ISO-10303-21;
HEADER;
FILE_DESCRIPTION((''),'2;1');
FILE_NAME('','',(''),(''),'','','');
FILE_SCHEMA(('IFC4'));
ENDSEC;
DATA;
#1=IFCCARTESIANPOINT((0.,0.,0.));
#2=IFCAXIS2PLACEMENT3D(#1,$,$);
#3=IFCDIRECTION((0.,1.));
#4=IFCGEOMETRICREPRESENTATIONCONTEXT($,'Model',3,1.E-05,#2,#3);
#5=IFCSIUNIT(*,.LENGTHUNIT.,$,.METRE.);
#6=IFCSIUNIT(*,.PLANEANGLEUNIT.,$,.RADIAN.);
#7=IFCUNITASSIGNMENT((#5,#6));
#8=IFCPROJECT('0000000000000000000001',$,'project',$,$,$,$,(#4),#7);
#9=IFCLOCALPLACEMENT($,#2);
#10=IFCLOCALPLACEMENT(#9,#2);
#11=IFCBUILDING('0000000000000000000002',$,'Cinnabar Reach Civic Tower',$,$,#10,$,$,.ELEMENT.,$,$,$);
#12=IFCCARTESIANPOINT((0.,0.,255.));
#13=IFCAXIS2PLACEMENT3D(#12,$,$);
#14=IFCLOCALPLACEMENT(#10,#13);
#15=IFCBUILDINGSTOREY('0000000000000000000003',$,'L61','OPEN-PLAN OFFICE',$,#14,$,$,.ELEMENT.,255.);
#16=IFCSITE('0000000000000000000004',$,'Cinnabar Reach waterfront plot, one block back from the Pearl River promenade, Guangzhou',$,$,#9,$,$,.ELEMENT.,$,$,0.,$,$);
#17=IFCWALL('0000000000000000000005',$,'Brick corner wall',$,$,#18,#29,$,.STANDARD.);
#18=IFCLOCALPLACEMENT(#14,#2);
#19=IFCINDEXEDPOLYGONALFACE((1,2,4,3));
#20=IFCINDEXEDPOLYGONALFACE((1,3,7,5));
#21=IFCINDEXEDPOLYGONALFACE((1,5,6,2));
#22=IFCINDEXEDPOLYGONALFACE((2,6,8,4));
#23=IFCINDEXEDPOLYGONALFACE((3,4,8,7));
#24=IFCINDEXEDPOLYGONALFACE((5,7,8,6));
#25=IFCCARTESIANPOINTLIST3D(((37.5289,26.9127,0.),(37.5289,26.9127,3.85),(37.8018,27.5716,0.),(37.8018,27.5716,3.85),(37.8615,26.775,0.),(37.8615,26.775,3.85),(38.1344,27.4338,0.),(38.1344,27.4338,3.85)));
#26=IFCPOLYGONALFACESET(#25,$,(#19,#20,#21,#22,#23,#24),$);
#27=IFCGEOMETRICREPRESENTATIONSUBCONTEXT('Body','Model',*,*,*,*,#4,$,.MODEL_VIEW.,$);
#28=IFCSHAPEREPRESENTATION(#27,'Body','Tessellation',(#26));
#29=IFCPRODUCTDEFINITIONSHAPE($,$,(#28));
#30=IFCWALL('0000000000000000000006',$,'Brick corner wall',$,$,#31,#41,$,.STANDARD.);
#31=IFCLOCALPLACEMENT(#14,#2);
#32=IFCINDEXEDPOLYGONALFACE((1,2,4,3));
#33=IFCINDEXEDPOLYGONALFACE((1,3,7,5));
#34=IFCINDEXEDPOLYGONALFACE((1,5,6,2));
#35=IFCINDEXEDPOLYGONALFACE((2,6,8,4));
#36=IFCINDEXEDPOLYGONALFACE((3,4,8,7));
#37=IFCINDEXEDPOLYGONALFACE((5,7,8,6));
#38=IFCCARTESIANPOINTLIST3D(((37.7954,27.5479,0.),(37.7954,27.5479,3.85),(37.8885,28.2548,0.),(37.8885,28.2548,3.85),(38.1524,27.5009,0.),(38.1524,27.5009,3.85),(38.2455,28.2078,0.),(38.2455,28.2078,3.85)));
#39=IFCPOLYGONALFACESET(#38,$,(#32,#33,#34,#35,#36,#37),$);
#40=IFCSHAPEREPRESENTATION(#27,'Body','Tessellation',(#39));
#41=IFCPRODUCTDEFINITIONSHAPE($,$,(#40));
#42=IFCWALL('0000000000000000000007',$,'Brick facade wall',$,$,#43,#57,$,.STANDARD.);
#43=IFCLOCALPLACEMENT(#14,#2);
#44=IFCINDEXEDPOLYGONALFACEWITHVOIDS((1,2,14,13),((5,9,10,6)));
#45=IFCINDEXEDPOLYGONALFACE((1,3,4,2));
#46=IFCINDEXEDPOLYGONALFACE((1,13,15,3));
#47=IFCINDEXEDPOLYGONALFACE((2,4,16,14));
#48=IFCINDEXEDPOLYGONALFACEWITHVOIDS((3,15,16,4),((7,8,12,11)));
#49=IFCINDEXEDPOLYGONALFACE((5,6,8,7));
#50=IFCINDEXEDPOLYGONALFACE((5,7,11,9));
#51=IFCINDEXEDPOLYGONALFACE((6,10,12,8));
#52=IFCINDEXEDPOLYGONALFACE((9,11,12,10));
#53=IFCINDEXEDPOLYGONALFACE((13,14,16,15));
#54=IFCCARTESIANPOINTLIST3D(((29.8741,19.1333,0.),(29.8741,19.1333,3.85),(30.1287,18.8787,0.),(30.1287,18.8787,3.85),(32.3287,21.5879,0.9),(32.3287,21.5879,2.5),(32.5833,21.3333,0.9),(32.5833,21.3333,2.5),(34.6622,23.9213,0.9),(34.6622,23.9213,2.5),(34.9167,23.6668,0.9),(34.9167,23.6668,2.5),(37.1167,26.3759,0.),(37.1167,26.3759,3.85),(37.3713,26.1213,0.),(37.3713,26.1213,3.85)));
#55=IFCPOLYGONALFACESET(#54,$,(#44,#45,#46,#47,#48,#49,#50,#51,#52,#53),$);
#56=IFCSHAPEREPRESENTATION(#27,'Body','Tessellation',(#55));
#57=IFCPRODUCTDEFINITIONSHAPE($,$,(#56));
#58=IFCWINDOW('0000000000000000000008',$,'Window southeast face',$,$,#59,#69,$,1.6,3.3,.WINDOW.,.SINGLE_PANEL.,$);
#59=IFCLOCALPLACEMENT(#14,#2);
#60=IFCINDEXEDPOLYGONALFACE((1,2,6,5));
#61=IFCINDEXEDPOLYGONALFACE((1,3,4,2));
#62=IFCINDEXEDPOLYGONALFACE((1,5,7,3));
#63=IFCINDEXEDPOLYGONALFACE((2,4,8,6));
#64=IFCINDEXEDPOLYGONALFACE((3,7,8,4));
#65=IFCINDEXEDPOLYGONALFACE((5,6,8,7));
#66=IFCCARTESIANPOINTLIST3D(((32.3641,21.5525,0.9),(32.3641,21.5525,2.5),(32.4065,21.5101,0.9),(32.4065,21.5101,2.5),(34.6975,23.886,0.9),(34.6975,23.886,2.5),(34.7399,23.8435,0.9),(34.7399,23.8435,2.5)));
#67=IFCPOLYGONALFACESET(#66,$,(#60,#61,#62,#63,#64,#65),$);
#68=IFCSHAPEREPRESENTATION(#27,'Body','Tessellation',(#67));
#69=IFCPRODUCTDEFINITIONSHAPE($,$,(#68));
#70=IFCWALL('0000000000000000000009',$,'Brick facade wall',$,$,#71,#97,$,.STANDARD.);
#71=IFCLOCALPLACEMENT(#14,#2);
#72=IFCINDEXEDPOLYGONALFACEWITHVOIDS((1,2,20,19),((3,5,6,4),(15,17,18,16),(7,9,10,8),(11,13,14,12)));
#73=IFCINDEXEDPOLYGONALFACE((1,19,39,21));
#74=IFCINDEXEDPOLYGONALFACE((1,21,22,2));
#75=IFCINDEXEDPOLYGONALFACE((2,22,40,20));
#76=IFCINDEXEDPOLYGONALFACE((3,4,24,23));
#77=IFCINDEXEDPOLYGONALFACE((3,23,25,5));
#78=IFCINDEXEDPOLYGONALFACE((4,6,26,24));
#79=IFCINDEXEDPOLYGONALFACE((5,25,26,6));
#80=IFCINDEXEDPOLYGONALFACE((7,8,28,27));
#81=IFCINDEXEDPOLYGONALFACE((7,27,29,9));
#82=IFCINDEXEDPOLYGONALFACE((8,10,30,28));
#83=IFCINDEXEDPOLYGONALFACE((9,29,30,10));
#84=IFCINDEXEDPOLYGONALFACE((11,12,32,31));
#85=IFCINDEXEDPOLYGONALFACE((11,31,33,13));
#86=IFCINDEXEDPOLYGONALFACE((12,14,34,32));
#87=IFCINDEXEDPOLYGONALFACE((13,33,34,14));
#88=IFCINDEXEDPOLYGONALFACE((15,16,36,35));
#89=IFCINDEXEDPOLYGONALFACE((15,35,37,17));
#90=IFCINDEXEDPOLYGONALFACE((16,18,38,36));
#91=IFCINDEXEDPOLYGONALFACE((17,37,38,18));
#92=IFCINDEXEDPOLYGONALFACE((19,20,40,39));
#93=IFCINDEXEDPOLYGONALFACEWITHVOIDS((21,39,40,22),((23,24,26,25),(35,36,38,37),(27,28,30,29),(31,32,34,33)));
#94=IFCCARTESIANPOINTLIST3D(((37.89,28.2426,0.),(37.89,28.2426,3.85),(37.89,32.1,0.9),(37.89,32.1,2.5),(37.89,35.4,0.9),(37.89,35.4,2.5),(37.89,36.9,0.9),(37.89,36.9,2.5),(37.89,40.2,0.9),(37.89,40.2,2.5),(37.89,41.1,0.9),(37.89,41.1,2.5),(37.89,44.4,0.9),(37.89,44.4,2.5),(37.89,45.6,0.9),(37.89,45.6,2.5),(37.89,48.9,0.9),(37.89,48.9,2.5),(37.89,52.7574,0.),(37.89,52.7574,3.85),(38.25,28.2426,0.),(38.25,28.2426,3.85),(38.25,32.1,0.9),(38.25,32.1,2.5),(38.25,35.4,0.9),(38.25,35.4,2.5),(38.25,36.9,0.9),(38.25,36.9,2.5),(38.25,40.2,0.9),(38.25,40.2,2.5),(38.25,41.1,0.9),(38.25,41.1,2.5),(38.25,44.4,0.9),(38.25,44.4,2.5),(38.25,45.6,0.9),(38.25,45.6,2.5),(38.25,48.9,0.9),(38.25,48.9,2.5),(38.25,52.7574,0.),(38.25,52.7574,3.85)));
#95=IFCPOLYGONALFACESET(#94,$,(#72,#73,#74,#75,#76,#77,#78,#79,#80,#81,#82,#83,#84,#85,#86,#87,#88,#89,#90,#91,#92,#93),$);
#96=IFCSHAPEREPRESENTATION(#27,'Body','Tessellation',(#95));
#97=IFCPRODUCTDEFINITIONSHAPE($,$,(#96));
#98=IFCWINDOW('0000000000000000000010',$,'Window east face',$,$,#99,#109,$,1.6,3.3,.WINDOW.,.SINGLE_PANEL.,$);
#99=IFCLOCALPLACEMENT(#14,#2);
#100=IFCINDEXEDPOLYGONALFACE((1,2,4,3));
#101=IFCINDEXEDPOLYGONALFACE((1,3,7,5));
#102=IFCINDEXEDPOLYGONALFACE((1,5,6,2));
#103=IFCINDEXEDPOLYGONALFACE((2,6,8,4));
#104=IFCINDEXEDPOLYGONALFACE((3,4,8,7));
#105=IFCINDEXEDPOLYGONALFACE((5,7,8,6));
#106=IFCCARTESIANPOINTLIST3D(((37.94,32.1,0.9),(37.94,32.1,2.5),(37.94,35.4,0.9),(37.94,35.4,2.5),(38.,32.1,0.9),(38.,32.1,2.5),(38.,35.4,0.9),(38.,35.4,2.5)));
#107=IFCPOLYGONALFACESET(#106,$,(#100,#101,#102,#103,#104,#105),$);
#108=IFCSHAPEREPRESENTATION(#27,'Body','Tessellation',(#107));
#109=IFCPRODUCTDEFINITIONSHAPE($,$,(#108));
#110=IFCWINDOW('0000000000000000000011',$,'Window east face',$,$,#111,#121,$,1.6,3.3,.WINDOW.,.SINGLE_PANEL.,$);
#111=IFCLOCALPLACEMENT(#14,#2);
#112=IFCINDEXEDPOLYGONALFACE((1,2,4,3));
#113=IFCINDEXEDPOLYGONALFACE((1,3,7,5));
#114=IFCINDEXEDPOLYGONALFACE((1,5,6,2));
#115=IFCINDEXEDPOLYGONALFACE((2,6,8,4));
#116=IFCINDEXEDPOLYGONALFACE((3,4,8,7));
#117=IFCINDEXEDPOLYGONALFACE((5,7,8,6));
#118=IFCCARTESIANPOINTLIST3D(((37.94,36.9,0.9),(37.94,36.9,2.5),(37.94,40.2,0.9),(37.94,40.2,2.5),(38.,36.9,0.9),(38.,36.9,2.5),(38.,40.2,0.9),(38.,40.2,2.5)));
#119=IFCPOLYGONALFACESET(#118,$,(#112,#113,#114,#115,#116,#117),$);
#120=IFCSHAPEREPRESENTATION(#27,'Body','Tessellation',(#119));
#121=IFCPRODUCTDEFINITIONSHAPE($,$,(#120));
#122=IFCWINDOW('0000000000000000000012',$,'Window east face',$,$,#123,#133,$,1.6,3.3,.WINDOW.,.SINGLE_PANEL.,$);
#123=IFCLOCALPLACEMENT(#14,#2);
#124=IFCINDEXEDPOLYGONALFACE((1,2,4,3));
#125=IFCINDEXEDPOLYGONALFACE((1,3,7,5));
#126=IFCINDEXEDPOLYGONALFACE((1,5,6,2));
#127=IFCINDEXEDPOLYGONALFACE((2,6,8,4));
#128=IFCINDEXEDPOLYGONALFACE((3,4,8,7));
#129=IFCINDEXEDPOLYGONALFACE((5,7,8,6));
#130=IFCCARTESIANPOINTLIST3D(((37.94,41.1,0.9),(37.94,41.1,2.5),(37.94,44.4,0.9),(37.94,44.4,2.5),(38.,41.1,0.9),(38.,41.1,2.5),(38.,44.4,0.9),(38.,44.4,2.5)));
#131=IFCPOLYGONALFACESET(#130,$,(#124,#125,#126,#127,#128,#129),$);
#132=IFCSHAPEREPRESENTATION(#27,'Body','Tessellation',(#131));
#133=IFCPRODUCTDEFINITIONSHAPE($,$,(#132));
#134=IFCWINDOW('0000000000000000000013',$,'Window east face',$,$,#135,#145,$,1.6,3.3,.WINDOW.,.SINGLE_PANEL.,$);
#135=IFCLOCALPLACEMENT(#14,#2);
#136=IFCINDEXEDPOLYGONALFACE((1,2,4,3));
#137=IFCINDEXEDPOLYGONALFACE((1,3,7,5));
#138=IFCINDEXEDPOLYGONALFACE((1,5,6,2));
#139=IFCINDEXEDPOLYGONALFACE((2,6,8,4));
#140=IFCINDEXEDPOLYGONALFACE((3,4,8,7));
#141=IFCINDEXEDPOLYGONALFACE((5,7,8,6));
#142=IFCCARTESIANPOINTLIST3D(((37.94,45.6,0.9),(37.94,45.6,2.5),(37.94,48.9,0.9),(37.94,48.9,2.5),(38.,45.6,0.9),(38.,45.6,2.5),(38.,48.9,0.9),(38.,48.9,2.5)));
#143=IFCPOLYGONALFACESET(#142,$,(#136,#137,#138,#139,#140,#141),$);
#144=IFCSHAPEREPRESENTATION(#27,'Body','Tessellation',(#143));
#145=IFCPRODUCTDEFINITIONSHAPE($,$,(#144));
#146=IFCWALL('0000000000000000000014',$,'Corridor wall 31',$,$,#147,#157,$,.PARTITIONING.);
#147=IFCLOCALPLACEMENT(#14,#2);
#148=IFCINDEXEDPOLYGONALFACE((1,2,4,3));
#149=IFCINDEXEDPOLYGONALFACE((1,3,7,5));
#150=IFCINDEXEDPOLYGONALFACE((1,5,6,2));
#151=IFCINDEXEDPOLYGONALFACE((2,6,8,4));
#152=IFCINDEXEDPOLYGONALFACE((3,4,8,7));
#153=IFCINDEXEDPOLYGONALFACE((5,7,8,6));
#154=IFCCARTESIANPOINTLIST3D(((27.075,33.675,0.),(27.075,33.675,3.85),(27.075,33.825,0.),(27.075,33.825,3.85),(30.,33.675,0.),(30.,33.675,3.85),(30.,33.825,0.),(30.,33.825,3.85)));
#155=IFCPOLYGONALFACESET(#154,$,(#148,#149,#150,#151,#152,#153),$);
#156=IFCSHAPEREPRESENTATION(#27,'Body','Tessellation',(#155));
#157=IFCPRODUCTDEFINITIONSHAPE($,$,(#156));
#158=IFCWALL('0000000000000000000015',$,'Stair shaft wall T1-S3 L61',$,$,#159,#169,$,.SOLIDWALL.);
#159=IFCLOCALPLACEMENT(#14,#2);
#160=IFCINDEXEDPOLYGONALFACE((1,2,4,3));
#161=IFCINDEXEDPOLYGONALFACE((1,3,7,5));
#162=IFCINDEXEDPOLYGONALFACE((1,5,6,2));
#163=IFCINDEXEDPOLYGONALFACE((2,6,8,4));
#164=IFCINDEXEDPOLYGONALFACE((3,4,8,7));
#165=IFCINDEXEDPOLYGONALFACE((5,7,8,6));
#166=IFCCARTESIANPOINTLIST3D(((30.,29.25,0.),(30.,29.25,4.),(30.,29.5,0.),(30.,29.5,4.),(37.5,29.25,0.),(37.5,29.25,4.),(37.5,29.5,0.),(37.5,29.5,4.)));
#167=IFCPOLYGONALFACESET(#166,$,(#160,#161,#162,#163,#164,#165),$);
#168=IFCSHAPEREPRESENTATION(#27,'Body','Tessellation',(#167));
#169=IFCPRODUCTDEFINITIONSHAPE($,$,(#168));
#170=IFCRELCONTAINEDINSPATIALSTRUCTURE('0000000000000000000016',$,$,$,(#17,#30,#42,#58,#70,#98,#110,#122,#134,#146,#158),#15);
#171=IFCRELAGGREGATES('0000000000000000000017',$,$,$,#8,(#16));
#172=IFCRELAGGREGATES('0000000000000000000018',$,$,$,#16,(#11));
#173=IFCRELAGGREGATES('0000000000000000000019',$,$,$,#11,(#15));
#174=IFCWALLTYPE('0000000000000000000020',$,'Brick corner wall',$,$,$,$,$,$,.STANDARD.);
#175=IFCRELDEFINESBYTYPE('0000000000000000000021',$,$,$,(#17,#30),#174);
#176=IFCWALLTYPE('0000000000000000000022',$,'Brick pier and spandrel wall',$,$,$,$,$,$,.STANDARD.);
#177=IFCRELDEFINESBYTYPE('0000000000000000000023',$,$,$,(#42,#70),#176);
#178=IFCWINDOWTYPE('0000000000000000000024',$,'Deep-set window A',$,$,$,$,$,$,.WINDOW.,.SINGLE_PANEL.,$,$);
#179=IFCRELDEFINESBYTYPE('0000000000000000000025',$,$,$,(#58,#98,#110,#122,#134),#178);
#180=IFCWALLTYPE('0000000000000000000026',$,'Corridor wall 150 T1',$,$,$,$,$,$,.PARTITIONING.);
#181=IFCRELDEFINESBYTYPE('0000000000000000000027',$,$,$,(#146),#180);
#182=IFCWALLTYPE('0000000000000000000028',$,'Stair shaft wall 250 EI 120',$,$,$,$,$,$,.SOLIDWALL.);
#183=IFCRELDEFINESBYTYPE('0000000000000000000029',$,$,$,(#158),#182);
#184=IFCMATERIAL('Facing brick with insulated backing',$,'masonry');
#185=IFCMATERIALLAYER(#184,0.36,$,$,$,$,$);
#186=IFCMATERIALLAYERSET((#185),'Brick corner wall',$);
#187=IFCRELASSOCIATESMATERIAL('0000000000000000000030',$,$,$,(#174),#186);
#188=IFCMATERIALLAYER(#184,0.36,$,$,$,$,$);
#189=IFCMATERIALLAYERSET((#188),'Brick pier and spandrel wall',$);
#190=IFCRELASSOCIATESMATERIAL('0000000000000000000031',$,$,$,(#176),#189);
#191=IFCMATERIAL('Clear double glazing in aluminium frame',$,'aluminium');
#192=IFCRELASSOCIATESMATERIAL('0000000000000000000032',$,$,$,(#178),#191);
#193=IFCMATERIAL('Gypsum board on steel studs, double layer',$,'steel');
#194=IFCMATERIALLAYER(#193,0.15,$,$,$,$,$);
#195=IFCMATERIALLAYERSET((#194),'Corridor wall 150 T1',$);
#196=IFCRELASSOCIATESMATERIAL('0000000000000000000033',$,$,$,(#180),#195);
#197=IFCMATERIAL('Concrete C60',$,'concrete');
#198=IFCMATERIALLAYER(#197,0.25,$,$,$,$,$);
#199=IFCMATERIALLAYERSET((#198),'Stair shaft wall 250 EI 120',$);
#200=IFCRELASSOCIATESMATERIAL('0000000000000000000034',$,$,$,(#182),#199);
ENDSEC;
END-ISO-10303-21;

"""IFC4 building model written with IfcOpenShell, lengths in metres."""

from ifc_helpers import new_model, si_unit, direction, frame, frame_2d, origin, place, context, subcontext, project, spatial, rectangle, extrude, material, layer, layer_set, type_object, element, fill, save


model = new_model("IFC4")

# Units and contexts
model_context = context("Model", 3, precision=1e-05, world=origin(), true_north=direction((0.0, 1.0)))
body_context = subcontext(model_context, "Body", "Model", "MODEL_VIEW")
ifc_project = project(units=[si_unit("LENGTHUNIT", "METRE"), si_unit("PLANEANGLEUNIT", "RADIAN")], contexts=[model_context])

# Site, building, storey
site_placement = place(None, origin())
site = spatial("IfcSite", under=ifc_project, at=site_placement, Name="Cinnabar Reach waterfront plot, one block back from the Pearl River promenade, Guangzhou", CompositionType="ELEMENT", RefElevation=0.0)
building_placement = place(site_placement, origin())
building = spatial("IfcBuilding", under=site, at=building_placement, Name="Cinnabar Reach Civic Tower", CompositionType="ELEMENT")
storey_placement = place(building_placement, frame((0.0, 0.0, 255.0)))
storey = spatial("IfcBuildingStorey", under=building, at=storey_placement, Name="L61", Description="OPEN-PLAN OFFICE", CompositionType="ELEMENT", Elevation=255.0)

# Shared definitions
ifc_material_1 = material(Name="Concrete C60", Category="concrete")

# Walls
ifc_material_2 = material(Name="Facing brick with insulated backing", Category="masonry")
ifc_layer_1 = layer(ifc_material_2, 0.36)
ifc_layer_set_1 = layer_set([ifc_layer_1], Name="Brick corner wall")
wall_type_1 = type_object("IfcWallType", Name="Brick corner wall", PredefinedType="STANDARD", material=ifc_layer_set_1)
for number, where, z_axis, x_axis, name in (
    (1, (37.6952, 26.8439, 0.0), (0.0, 0.0, 1.0), (0.382703, 0.923872, 0.0), "Brick corner wall"),
    (2, (37.9739, 27.5244, 0.0), (0.0, 0.0, 1.0), (0.130556, 0.991441, 0.0), "Brick corner wall"),
):
    element("IfcWall", number, at=place(storey_placement, frame(where, z_axis=z_axis, x_axis=x_axis)), inside=storey, type_object=wall_type_1, Name=name, PredefinedType="STANDARD", context=body_context, shape_type="SweptSolid", body=[
        extrude(rectangle(XDim=0.7131, YDim=0.36, at=frame_2d((0.3565, 0.0))), origin(), (0.0, 0.0, 1.0), 3.85),
    ])

# Wall, opening, window
ifc_layer_2 = layer(ifc_material_2, 0.36)
ifc_layer_set_2 = layer_set([ifc_layer_2], Name="Brick pier and spandrel wall")
wall_type_2 = type_object("IfcWallType", Name="Brick pier and spandrel wall", PredefinedType="STANDARD", material=ifc_layer_set_2)
wall_1_placement = place(storey_placement, frame((30.0014, 19.006, 0.0), z_axis=(0.0, 0.0, 1.0), x_axis=(0.707107, 0.707107, 0.0)))
wall_1 = element("IfcWall", 3, at=wall_1_placement, inside=storey, type_object=wall_type_2, Name="Brick facade wall", PredefinedType="STANDARD", context=body_context, shape_type="SweptSolid", body=[
    extrude(rectangle(XDim=10.2426, YDim=0.36, at=frame_2d((5.1213, 0.0))), origin(), (0.0, 0.0, 1.0), 3.85),
])
opening_1_placement = place(wall_1_placement, frame((3.4713, 0.0, 0.9)))
opening_1 = element("IfcOpeningElement", 4, at=opening_1_placement, cuts=wall_1, PredefinedType="OPENING", context=body_context, shape_type="SweptSolid", body=[
    extrude(rectangle(XDim=3.3, YDim=1.6, at=frame_2d((1.65, 0.8))), frame((0.0, 0.19, 0.0), z_axis=(0.0, -1.0, 0.0), x_axis=(1.0, 0.0, 0.0)), (0.0, 0.0, 1.0), 0.38),
])
ifc_material_3 = material(Name="Clear double glazing in aluminium frame", Category="aluminium")
window_type = type_object("IfcWindowType", Name="Deep-set window A", PartitioningType="SINGLE_PANEL", PredefinedType="WINDOW", material=ifc_material_3)
window_1_placement = place(opening_1_placement, origin())
window_1 = element("IfcWindow", 5, at=window_1_placement, inside=storey, type_object=window_type, Name="Window southeast face", OverallHeight=1.6, OverallWidth=3.3, PartitioningType="SINGLE_PANEL", PredefinedType="WINDOW", context=body_context, shape_type="SweptSolid", body=[
    extrude(rectangle(XDim=3.3, YDim=1.6, at=frame_2d((1.65, 0.8))), frame((0.0, 0.13, 0.0), z_axis=(0.0, -1.0, 0.0), x_axis=(1.0, 0.0, 0.0)), (0.0, 0.0, 1.0), 0.06),
])
fill(opening_1, window_1)

# Wall, openings, windows
wall_2_placement = place(storey_placement, frame((38.07, 28.2426, 0.0), z_axis=(0.0, 0.0, 1.0), x_axis=(0.0, 1.0, 0.0)))
wall_2 = element("IfcWall", 6, at=wall_2_placement, inside=storey, type_object=wall_type_2, Name="Brick facade wall", PredefinedType="STANDARD", context=body_context, shape_type="SweptSolid", body=[
    extrude(rectangle(XDim=24.5148, YDim=0.36, at=frame_2d((12.2574, 0.0))), origin(), (0.0, 0.0, 1.0), 3.85),
])
opening_2_placement = place(wall_2_placement, frame((3.8574, 0.0, 0.9)))
opening_2 = element("IfcOpeningElement", 7, at=opening_2_placement, cuts=wall_2, PredefinedType="OPENING", context=body_context, shape_type="SweptSolid", body=[
    extrude(rectangle(XDim=3.3, YDim=1.6, at=frame_2d((1.65, 0.8))), frame((0.0, 0.19, 0.0), z_axis=(0.0, -1.0, 0.0), x_axis=(1.0, 0.0, 0.0)), (0.0, 0.0, 1.0), 0.38),
])
opening_3_placement = place(wall_2_placement, frame((8.6574, 0.0, 0.9)))
opening_3 = element("IfcOpeningElement", 8, at=opening_3_placement, cuts=wall_2, PredefinedType="OPENING", context=body_context, shape_type="SweptSolid", body=[
    extrude(rectangle(XDim=3.3, YDim=1.6, at=frame_2d((1.65, 0.8))), frame((0.0, 0.19, 0.0), z_axis=(0.0, -1.0, 0.0), x_axis=(1.0, 0.0, 0.0)), (0.0, 0.0, 1.0), 0.38),
])
opening_4_placement = place(wall_2_placement, frame((12.8574, 0.0, 0.9)))
opening_4 = element("IfcOpeningElement", 9, at=opening_4_placement, cuts=wall_2, PredefinedType="OPENING", context=body_context, shape_type="SweptSolid", body=[
    extrude(rectangle(XDim=3.3, YDim=1.6, at=frame_2d((1.65, 0.8))), frame((0.0, 0.19, 0.0), z_axis=(0.0, -1.0, 0.0), x_axis=(1.0, 0.0, 0.0)), (0.0, 0.0, 1.0), 0.38),
])
opening_5_placement = place(wall_2_placement, frame((17.3574, 0.0, 0.9)))
opening_5 = element("IfcOpeningElement", 10, at=opening_5_placement, cuts=wall_2, PredefinedType="OPENING", context=body_context, shape_type="SweptSolid", body=[
    extrude(rectangle(XDim=3.3, YDim=1.6, at=frame_2d((1.65, 0.8))), frame((0.0, 0.19, 0.0), z_axis=(0.0, -1.0, 0.0), x_axis=(1.0, 0.0, 0.0)), (0.0, 0.0, 1.0), 0.38),
])
window_2_placement = place(opening_2_placement, origin())
window_2 = element("IfcWindow", 11, at=window_2_placement, inside=storey, type_object=window_type, Name="Window east face", OverallHeight=1.6, OverallWidth=3.3, PartitioningType="SINGLE_PANEL", PredefinedType="WINDOW", context=body_context, shape_type="SweptSolid", body=[
    extrude(rectangle(XDim=3.3, YDim=1.6, at=frame_2d((1.65, 0.8))), frame((0.0, 0.13, 0.0), z_axis=(0.0, -1.0, 0.0), x_axis=(1.0, 0.0, 0.0)), (0.0, 0.0, 1.0), 0.06),
])
fill(opening_2, window_2)
window_3_placement = place(opening_3_placement, origin())
window_3 = element("IfcWindow", 12, at=window_3_placement, inside=storey, type_object=window_type, Name="Window east face", OverallHeight=1.6, OverallWidth=3.3, PartitioningType="SINGLE_PANEL", PredefinedType="WINDOW", context=body_context, shape_type="SweptSolid", body=[
    extrude(rectangle(XDim=3.3, YDim=1.6, at=frame_2d((1.65, 0.8))), frame((0.0, 0.13, 0.0), z_axis=(0.0, -1.0, 0.0), x_axis=(1.0, 0.0, 0.0)), (0.0, 0.0, 1.0), 0.06),
])
fill(opening_3, window_3)
window_4_placement = place(opening_4_placement, origin())
window_4 = element("IfcWindow", 13, at=window_4_placement, inside=storey, type_object=window_type, Name="Window east face", OverallHeight=1.6, OverallWidth=3.3, PartitioningType="SINGLE_PANEL", PredefinedType="WINDOW", context=body_context, shape_type="SweptSolid", body=[
    extrude(rectangle(XDim=3.3, YDim=1.6, at=frame_2d((1.65, 0.8))), frame((0.0, 0.13, 0.0), z_axis=(0.0, -1.0, 0.0), x_axis=(1.0, 0.0, 0.0)), (0.0, 0.0, 1.0), 0.06),
])
fill(opening_4, window_4)
window_5_placement = place(opening_5_placement, origin())
window_5 = element("IfcWindow", 14, at=window_5_placement, inside=storey, type_object=window_type, Name="Window east face", OverallHeight=1.6, OverallWidth=3.3, PartitioningType="SINGLE_PANEL", PredefinedType="WINDOW", context=body_context, shape_type="SweptSolid", body=[
    extrude(rectangle(XDim=3.3, YDim=1.6, at=frame_2d((1.65, 0.8))), frame((0.0, 0.13, 0.0), z_axis=(0.0, -1.0, 0.0), x_axis=(1.0, 0.0, 0.0)), (0.0, 0.0, 1.0), 0.06),
])
fill(opening_5, window_5)

# Walls
ifc_material_4 = material(Name="Gypsum board on steel studs, double layer", Category="steel")
ifc_layer_3 = layer(ifc_material_4, 0.15)
ifc_layer_set_3 = layer_set([ifc_layer_3], Name="Corridor wall 150 T1")
wall_type_3 = type_object("IfcWallType", Name="Corridor wall 150 T1", PredefinedType="PARTITIONING", material=ifc_layer_set_3)
wall_3_placement = place(storey_placement, frame((27.075, 33.75, 0.0), z_axis=(0.0, 0.0, 1.0), x_axis=(1.0, 0.0, 0.0)))
element("IfcWall", 15, at=wall_3_placement, inside=storey, type_object=wall_type_3, Name="Corridor wall 31", PredefinedType="PARTITIONING", context=body_context, shape_type="SweptSolid", body=[
    extrude(rectangle(XDim=2.925, YDim=0.15, at=frame_2d((1.4625, 0.0))), origin(), (0.0, 0.0, 1.0), 3.85),
])
ifc_layer_4 = layer(ifc_material_1, 0.25)
ifc_layer_set_4 = layer_set([ifc_layer_4], Name="Stair shaft wall 250 EI 120")
wall_type_4 = type_object("IfcWallType", Name="Stair shaft wall 250 EI 120", PredefinedType="SOLIDWALL", material=ifc_layer_set_4)
for number, where, z_axis, x_axis, name in (
    (16, (30.0, 29.375, 0.0), (0.0, 0.0, 1.0), (1.0, 0.0, 0.0), "Stair shaft wall T1-S3 L61"),
):
    element("IfcWall", number, at=place(storey_placement, frame(where, z_axis=z_axis, x_axis=x_axis)), inside=storey, type_object=wall_type_4, Name=name, PredefinedType="SOLIDWALL", context=body_context, shape_type="SweptSolid", body=[
        extrude(rectangle(XDim=7.5, YDim=0.25, at=frame_2d((3.75, 0.0))), origin(), (0.0, 0.0, 1.0), 4.0),
    ])

save(model, "model.ifc")
